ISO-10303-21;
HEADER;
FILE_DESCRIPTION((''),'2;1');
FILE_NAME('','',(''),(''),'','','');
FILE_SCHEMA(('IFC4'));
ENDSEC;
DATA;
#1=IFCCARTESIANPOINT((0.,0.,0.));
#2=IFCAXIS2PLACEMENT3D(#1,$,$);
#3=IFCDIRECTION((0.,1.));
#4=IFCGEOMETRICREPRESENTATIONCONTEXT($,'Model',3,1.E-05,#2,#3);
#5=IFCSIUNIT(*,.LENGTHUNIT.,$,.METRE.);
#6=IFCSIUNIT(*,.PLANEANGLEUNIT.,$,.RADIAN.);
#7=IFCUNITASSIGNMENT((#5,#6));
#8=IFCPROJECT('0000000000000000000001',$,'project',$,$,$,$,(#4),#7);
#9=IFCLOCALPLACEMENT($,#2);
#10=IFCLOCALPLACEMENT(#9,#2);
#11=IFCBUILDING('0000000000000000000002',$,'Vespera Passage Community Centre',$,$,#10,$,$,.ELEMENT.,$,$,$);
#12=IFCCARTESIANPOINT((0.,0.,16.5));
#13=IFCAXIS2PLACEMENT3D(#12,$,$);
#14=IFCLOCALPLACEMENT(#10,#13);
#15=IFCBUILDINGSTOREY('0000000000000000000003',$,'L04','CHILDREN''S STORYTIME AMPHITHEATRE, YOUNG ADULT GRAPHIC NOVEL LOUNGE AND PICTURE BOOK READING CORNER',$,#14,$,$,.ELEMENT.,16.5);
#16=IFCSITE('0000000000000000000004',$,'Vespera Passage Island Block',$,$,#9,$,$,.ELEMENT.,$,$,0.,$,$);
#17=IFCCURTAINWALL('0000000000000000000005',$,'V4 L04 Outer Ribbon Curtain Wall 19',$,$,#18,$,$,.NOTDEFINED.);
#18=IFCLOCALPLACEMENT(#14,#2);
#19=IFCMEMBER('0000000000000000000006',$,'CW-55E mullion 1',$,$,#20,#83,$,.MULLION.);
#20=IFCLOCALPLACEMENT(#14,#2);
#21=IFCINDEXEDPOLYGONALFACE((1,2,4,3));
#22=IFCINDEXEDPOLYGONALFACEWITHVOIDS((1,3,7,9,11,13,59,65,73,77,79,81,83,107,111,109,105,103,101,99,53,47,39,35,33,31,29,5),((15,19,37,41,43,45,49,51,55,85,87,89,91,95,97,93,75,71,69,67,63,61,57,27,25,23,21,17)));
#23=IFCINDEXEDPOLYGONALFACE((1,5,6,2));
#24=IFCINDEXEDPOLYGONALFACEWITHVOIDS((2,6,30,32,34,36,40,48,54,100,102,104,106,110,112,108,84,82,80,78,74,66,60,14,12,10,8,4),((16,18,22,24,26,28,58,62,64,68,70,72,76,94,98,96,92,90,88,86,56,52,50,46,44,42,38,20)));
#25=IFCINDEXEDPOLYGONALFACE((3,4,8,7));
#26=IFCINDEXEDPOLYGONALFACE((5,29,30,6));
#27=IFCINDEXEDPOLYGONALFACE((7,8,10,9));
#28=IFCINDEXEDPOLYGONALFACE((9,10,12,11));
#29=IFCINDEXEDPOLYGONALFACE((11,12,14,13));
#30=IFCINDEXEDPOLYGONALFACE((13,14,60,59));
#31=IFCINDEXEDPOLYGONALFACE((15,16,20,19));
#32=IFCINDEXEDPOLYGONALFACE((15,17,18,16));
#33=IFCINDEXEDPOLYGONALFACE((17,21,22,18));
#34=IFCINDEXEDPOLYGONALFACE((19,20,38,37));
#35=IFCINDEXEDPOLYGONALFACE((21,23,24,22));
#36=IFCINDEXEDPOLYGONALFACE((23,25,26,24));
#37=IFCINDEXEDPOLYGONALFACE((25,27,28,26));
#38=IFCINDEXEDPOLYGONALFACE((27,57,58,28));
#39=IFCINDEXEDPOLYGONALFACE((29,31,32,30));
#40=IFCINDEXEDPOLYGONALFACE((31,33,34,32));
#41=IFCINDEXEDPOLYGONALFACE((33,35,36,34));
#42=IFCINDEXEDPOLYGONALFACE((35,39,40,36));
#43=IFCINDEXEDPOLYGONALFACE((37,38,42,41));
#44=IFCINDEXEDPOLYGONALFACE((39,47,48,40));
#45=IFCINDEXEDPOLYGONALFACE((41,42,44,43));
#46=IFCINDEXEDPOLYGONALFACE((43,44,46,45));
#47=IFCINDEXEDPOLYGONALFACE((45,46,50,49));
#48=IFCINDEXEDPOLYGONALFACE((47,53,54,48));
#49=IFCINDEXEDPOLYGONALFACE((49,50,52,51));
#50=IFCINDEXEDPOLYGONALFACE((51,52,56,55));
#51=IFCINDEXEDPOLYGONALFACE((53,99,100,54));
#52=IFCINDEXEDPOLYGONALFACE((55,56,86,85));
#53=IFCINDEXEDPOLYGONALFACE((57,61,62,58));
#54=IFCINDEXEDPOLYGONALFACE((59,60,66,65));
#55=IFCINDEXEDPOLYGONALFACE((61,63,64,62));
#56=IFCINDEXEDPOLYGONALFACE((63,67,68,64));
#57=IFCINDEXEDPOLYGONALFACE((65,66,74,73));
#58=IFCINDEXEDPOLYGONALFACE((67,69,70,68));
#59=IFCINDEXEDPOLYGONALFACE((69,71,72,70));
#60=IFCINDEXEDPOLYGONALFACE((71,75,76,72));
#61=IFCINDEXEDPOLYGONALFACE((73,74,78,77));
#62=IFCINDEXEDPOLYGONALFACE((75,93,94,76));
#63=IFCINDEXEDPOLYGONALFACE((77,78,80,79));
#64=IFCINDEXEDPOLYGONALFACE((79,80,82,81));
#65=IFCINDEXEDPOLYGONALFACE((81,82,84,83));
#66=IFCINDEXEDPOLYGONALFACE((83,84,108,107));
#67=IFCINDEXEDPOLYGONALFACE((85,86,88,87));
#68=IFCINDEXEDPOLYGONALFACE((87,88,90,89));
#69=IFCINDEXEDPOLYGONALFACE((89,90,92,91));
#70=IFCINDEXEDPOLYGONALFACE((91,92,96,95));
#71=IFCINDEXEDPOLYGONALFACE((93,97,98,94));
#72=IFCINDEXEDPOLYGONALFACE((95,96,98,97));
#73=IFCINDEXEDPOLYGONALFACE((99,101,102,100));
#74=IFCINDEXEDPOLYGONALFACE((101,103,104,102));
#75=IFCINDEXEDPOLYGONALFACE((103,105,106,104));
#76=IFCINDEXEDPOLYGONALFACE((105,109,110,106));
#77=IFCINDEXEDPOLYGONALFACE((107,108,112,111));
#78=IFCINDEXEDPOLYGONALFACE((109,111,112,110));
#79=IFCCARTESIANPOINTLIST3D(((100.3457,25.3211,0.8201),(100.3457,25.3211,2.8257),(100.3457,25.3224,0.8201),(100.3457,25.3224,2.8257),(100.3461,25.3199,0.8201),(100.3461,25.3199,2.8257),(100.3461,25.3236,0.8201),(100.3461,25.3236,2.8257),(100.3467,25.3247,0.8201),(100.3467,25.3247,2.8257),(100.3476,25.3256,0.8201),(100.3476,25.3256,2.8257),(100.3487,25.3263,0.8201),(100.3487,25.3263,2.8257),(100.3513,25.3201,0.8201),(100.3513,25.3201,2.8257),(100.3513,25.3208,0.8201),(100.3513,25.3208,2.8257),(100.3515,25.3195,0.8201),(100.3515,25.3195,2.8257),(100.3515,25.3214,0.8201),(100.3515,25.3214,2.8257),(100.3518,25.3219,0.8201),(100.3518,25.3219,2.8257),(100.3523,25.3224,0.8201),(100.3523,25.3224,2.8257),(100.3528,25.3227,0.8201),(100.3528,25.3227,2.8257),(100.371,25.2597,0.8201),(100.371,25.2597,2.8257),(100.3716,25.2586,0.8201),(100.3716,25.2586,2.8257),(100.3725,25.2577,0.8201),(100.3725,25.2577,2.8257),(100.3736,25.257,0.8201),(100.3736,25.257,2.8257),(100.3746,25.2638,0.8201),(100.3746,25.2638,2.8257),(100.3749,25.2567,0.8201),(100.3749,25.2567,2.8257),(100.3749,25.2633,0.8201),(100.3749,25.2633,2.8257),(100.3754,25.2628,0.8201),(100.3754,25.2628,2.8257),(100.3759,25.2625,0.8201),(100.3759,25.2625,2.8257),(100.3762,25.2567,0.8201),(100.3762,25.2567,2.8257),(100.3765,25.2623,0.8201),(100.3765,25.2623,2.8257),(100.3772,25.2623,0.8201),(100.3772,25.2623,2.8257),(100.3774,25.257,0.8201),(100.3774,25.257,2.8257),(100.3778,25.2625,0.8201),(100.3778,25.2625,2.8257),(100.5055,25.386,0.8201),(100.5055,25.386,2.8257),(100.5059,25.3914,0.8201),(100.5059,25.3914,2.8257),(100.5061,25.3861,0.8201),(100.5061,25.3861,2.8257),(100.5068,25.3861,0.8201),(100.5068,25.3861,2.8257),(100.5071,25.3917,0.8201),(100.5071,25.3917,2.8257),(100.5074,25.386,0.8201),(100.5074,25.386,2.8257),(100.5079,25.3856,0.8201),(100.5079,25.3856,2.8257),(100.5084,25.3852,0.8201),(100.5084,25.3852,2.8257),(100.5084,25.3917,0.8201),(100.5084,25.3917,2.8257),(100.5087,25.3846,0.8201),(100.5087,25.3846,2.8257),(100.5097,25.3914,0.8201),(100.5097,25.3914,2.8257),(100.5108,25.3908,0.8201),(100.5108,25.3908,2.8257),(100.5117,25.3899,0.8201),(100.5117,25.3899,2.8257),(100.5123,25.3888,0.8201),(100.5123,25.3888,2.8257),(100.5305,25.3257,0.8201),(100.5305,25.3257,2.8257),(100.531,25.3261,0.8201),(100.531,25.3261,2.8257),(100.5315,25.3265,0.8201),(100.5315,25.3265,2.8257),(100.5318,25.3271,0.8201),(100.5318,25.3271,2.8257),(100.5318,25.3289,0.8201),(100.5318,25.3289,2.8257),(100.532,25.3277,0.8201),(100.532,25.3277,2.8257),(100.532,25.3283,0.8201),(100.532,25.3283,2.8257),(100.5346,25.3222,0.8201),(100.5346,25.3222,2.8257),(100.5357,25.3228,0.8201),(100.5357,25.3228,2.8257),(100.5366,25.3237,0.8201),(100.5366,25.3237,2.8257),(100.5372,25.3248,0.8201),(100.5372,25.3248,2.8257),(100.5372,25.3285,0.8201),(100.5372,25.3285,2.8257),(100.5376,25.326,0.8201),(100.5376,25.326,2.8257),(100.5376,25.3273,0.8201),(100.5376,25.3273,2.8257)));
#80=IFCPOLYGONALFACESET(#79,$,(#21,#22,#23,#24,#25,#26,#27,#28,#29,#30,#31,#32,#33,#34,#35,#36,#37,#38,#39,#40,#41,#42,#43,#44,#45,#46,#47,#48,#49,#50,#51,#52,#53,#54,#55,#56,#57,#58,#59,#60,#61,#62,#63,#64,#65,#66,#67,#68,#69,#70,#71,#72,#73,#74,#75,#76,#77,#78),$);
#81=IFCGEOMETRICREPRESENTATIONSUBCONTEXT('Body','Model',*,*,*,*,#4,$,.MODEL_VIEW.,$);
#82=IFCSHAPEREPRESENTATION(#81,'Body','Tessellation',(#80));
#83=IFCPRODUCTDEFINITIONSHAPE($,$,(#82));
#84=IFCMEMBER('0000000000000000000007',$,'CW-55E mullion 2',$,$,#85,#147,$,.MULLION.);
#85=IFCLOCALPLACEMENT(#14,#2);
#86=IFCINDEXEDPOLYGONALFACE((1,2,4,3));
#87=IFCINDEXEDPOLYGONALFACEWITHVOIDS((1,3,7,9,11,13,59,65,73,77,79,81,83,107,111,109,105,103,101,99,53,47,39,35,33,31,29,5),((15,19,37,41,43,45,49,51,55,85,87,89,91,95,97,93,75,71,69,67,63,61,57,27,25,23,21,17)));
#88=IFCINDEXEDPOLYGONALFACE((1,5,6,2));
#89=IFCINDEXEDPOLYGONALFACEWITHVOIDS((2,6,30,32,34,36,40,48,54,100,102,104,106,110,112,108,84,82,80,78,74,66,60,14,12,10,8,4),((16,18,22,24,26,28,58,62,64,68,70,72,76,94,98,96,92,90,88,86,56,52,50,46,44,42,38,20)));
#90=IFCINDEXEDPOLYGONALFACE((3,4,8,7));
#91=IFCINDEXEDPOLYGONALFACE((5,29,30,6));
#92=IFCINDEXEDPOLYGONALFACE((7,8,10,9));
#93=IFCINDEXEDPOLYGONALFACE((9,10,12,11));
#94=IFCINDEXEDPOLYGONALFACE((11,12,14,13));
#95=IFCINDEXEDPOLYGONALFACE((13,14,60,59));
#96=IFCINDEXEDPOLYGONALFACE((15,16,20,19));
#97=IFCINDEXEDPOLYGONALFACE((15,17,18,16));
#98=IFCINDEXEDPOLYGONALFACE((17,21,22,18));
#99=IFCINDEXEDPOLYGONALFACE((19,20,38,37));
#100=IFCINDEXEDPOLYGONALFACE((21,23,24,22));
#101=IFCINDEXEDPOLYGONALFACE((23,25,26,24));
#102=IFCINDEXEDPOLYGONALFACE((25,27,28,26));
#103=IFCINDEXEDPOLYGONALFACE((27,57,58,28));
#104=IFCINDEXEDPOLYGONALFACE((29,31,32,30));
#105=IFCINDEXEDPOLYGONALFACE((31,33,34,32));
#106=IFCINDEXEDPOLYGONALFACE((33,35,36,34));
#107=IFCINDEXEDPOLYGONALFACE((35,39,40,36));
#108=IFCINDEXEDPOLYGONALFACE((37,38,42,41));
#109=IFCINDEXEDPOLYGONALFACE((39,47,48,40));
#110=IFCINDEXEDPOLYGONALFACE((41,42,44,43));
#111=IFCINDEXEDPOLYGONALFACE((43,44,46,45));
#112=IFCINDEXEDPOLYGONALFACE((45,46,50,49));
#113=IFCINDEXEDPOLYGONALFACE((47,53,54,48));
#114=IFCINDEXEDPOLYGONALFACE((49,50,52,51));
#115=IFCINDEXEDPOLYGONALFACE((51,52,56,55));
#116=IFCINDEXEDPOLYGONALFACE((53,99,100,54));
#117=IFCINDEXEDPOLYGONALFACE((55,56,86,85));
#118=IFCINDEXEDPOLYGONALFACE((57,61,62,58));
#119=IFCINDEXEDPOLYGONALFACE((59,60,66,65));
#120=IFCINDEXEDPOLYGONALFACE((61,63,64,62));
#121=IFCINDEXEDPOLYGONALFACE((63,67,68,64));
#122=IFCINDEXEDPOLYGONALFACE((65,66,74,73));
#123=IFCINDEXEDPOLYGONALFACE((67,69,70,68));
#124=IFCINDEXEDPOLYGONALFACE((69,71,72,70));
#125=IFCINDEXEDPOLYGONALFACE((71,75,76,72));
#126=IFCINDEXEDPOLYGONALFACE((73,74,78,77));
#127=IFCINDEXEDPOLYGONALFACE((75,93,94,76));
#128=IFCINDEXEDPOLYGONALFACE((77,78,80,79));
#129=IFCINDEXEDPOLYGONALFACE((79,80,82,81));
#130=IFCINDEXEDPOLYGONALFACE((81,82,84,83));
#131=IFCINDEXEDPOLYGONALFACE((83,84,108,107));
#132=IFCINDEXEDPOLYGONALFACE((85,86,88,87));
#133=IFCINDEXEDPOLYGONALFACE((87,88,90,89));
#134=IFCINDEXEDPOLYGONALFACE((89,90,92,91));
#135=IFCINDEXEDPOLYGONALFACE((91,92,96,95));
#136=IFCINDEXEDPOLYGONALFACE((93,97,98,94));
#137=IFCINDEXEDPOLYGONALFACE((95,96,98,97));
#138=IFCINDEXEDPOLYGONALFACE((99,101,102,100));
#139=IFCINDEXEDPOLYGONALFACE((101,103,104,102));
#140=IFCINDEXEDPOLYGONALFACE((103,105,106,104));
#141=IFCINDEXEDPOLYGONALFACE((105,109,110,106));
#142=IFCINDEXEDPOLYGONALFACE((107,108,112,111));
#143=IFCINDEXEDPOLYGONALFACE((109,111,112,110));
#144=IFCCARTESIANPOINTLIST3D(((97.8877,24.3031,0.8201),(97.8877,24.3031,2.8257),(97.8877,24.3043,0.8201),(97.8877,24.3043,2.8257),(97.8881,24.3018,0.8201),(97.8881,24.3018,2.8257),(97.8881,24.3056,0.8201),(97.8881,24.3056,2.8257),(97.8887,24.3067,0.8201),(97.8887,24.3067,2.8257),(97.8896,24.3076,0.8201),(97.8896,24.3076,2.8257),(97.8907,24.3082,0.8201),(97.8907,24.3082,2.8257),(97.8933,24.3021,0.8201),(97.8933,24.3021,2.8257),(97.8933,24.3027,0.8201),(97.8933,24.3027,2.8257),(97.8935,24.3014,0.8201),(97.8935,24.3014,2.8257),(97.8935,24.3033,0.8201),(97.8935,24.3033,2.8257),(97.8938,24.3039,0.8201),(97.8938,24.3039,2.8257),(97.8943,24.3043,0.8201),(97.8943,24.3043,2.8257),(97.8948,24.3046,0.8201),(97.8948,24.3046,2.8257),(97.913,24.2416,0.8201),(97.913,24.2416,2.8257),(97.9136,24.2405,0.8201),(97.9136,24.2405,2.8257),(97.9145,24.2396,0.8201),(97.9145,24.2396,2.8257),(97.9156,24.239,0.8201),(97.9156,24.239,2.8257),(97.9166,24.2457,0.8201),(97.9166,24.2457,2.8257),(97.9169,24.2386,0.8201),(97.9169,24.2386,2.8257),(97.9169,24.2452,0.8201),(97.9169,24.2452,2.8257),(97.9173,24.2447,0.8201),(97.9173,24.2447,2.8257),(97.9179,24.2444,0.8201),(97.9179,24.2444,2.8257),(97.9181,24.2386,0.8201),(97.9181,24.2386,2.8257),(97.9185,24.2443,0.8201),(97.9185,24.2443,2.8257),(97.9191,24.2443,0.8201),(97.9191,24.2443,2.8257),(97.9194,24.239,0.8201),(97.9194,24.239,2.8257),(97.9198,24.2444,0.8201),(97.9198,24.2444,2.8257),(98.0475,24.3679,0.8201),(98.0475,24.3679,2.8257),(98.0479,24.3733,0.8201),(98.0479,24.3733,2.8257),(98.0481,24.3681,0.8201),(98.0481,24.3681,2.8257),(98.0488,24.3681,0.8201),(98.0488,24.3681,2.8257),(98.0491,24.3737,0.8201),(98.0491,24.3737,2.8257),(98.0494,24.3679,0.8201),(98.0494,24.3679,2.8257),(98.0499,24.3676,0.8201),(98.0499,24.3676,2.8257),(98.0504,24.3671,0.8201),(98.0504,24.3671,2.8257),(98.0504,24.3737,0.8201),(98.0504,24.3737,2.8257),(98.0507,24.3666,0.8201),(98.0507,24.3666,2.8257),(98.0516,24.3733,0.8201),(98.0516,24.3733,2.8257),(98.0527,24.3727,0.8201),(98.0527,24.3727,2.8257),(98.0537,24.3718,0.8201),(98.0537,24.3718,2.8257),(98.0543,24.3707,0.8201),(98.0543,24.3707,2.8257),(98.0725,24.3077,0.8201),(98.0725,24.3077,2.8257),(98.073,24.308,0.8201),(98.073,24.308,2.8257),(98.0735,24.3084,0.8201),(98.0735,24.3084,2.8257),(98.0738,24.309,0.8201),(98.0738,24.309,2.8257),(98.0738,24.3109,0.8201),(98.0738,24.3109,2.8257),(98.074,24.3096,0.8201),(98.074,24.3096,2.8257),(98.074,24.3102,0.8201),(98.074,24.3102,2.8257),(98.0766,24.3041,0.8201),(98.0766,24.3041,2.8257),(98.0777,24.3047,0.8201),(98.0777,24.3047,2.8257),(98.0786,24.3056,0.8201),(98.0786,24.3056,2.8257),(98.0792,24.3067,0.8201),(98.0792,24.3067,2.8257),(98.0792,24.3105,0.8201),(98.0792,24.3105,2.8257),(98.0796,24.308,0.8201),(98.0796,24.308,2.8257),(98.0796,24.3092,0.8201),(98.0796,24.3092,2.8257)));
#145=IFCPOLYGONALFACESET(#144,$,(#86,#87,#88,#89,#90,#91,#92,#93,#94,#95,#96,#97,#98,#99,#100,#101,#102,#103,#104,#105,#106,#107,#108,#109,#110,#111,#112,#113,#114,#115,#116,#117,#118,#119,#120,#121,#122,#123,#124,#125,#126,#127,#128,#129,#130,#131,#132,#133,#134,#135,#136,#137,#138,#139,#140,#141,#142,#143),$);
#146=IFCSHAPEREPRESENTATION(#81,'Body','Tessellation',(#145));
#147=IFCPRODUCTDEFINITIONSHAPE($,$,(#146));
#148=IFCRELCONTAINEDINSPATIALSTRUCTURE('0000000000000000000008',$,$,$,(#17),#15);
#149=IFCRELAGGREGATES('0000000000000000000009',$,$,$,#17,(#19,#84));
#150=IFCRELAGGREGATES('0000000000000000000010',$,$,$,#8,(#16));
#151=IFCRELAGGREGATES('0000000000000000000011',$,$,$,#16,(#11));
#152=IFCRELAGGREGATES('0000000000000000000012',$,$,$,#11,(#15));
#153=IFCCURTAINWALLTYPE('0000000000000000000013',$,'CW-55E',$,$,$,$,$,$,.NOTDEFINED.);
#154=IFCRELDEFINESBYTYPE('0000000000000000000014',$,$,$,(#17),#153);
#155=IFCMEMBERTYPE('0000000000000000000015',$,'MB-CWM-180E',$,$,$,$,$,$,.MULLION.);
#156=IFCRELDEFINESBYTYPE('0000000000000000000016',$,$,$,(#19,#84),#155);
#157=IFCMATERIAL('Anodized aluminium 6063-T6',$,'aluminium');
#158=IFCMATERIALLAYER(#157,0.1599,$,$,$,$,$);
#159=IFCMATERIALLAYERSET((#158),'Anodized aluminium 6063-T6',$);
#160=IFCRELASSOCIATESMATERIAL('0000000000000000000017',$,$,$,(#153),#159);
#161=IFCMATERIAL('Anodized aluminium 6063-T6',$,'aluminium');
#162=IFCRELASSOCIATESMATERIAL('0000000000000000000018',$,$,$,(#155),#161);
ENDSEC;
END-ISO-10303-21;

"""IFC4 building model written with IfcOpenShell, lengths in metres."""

from ifc_helpers import new_model, si_unit, direction, frame, origin, origin_2d, place, context, subcontext, project, spatial, hollow_rectangle, extrude, material, layer, layer_set, material_profile, profile_set, type_object, element, aggregate, save


model = new_model("IFC4")

# Units and contexts
model_context = context("Model", 3, precision=1e-05, world=origin(), true_north=direction((0.0, 1.0)))
body_context = subcontext(model_context, "Body", "Model", "MODEL_VIEW")
ifc_project = project(units=[si_unit("LENGTHUNIT", "METRE"), si_unit("PLANEANGLEUNIT", "RADIAN")], contexts=[model_context])

# Site, building, storey
site_placement = place(None, origin())
site = spatial("IfcSite", under=ifc_project, at=site_placement, Name="Vespera Passage Island Block", CompositionType="ELEMENT", RefElevation=0.0)
building_placement = place(site_placement, origin())
building = spatial("IfcBuilding", under=site, at=building_placement, Name="Vespera Passage Community Centre", CompositionType="ELEMENT")
storey_placement = place(building_placement, frame((0.0, 0.0, 16.5)))
storey = spatial("IfcBuildingStorey", under=building, at=storey_placement, Name="L04", Description="CHILDREN'S STORYTIME AMPHITHEATRE, YOUNG ADULT GRAPHIC NOVEL LOUNGE AND PICTURE BOOK READING CORNER", CompositionType="ELEMENT", Elevation=16.5)

# Curtain wall, members
ifc_material_1 = material(Name="Anodized aluminium 6063-T6", Category="aluminium")
ifc_layer_1 = layer(ifc_material_1, 0.1599)
ifc_layer_set_1 = layer_set([ifc_layer_1], Name="Anodized aluminium 6063-T6")
curtain_wall_type_1 = type_object("IfcCurtainWallType", Name="CW-55E", PredefinedType="NOTDEFINED", material=ifc_layer_set_1)
curtain_wall_1_placement = place(storey_placement, origin())
curtain_wall_1 = element("IfcCurtainWall", 1, at=curtain_wall_1_placement, inside=storey, type_object=curtain_wall_type_1, Name="V4 L04 Outer Ribbon Curtain Wall 19", PredefinedType="NOTDEFINED")
ifc_material_2 = material(Name="Anodized aluminium 6063-T6", Category="aluminium")
ifc_material_profile_1 = material_profile(ifc_material_2, hollow_rectangle(XDim=0.075, YDim=0.1799, WallThickness=0.0049, InnerFilletRadius=0.0024, OuterFilletRadius=0.0049, at=origin_2d()), Name="ALU180X75X5")
ifc_profile_set_1 = profile_set([ifc_material_profile_1], Name="Anodized aluminium 6063-T6")
member_type_1 = type_object("IfcMemberType", Name="MB-CWM-180E", PredefinedType="MULLION", material=ifc_profile_set_1)
member_1_placement = place(storey_placement, frame((100.4417, 25.3242, 0.8201), z_axis=(0.0, 0.0, 1.0), x_axis=(0.382683, -0.92388, 0.0)))
member_1 = element("IfcMember", 2, at=member_1_placement, type_object=member_type_1, Name="CW-55E mullion 1", PredefinedType="MULLION", context=body_context, shape_type="SweptSolid", body=[
    extrude(hollow_rectangle(XDim=0.075, YDim=0.1799, WallThickness=0.0049, InnerFilletRadius=0.0024, OuterFilletRadius=0.0049, at=origin_2d()), origin(), (0.0, 0.0, 1.0), 2.0056),
])
member_2_placement = place(storey_placement, frame((97.9836, 24.3062, 0.8201), z_axis=(0.0, 0.0, 1.0), x_axis=(0.382683, -0.92388, 0.0)))
member_2 = element("IfcMember", 3, at=member_2_placement, type_object=member_type_1, Name="CW-55E mullion 2", PredefinedType="MULLION", context=body_context, shape_type="SweptSolid", body=[
    extrude(hollow_rectangle(XDim=0.075, YDim=0.1799, WallThickness=0.0049, InnerFilletRadius=0.0024, OuterFilletRadius=0.0049, at=origin_2d()), origin(), (0.0, 0.0, 1.0), 2.0056),
])

aggregate(curtain_wall_1, [member_1, member_2])

save(model, "model.ifc")
